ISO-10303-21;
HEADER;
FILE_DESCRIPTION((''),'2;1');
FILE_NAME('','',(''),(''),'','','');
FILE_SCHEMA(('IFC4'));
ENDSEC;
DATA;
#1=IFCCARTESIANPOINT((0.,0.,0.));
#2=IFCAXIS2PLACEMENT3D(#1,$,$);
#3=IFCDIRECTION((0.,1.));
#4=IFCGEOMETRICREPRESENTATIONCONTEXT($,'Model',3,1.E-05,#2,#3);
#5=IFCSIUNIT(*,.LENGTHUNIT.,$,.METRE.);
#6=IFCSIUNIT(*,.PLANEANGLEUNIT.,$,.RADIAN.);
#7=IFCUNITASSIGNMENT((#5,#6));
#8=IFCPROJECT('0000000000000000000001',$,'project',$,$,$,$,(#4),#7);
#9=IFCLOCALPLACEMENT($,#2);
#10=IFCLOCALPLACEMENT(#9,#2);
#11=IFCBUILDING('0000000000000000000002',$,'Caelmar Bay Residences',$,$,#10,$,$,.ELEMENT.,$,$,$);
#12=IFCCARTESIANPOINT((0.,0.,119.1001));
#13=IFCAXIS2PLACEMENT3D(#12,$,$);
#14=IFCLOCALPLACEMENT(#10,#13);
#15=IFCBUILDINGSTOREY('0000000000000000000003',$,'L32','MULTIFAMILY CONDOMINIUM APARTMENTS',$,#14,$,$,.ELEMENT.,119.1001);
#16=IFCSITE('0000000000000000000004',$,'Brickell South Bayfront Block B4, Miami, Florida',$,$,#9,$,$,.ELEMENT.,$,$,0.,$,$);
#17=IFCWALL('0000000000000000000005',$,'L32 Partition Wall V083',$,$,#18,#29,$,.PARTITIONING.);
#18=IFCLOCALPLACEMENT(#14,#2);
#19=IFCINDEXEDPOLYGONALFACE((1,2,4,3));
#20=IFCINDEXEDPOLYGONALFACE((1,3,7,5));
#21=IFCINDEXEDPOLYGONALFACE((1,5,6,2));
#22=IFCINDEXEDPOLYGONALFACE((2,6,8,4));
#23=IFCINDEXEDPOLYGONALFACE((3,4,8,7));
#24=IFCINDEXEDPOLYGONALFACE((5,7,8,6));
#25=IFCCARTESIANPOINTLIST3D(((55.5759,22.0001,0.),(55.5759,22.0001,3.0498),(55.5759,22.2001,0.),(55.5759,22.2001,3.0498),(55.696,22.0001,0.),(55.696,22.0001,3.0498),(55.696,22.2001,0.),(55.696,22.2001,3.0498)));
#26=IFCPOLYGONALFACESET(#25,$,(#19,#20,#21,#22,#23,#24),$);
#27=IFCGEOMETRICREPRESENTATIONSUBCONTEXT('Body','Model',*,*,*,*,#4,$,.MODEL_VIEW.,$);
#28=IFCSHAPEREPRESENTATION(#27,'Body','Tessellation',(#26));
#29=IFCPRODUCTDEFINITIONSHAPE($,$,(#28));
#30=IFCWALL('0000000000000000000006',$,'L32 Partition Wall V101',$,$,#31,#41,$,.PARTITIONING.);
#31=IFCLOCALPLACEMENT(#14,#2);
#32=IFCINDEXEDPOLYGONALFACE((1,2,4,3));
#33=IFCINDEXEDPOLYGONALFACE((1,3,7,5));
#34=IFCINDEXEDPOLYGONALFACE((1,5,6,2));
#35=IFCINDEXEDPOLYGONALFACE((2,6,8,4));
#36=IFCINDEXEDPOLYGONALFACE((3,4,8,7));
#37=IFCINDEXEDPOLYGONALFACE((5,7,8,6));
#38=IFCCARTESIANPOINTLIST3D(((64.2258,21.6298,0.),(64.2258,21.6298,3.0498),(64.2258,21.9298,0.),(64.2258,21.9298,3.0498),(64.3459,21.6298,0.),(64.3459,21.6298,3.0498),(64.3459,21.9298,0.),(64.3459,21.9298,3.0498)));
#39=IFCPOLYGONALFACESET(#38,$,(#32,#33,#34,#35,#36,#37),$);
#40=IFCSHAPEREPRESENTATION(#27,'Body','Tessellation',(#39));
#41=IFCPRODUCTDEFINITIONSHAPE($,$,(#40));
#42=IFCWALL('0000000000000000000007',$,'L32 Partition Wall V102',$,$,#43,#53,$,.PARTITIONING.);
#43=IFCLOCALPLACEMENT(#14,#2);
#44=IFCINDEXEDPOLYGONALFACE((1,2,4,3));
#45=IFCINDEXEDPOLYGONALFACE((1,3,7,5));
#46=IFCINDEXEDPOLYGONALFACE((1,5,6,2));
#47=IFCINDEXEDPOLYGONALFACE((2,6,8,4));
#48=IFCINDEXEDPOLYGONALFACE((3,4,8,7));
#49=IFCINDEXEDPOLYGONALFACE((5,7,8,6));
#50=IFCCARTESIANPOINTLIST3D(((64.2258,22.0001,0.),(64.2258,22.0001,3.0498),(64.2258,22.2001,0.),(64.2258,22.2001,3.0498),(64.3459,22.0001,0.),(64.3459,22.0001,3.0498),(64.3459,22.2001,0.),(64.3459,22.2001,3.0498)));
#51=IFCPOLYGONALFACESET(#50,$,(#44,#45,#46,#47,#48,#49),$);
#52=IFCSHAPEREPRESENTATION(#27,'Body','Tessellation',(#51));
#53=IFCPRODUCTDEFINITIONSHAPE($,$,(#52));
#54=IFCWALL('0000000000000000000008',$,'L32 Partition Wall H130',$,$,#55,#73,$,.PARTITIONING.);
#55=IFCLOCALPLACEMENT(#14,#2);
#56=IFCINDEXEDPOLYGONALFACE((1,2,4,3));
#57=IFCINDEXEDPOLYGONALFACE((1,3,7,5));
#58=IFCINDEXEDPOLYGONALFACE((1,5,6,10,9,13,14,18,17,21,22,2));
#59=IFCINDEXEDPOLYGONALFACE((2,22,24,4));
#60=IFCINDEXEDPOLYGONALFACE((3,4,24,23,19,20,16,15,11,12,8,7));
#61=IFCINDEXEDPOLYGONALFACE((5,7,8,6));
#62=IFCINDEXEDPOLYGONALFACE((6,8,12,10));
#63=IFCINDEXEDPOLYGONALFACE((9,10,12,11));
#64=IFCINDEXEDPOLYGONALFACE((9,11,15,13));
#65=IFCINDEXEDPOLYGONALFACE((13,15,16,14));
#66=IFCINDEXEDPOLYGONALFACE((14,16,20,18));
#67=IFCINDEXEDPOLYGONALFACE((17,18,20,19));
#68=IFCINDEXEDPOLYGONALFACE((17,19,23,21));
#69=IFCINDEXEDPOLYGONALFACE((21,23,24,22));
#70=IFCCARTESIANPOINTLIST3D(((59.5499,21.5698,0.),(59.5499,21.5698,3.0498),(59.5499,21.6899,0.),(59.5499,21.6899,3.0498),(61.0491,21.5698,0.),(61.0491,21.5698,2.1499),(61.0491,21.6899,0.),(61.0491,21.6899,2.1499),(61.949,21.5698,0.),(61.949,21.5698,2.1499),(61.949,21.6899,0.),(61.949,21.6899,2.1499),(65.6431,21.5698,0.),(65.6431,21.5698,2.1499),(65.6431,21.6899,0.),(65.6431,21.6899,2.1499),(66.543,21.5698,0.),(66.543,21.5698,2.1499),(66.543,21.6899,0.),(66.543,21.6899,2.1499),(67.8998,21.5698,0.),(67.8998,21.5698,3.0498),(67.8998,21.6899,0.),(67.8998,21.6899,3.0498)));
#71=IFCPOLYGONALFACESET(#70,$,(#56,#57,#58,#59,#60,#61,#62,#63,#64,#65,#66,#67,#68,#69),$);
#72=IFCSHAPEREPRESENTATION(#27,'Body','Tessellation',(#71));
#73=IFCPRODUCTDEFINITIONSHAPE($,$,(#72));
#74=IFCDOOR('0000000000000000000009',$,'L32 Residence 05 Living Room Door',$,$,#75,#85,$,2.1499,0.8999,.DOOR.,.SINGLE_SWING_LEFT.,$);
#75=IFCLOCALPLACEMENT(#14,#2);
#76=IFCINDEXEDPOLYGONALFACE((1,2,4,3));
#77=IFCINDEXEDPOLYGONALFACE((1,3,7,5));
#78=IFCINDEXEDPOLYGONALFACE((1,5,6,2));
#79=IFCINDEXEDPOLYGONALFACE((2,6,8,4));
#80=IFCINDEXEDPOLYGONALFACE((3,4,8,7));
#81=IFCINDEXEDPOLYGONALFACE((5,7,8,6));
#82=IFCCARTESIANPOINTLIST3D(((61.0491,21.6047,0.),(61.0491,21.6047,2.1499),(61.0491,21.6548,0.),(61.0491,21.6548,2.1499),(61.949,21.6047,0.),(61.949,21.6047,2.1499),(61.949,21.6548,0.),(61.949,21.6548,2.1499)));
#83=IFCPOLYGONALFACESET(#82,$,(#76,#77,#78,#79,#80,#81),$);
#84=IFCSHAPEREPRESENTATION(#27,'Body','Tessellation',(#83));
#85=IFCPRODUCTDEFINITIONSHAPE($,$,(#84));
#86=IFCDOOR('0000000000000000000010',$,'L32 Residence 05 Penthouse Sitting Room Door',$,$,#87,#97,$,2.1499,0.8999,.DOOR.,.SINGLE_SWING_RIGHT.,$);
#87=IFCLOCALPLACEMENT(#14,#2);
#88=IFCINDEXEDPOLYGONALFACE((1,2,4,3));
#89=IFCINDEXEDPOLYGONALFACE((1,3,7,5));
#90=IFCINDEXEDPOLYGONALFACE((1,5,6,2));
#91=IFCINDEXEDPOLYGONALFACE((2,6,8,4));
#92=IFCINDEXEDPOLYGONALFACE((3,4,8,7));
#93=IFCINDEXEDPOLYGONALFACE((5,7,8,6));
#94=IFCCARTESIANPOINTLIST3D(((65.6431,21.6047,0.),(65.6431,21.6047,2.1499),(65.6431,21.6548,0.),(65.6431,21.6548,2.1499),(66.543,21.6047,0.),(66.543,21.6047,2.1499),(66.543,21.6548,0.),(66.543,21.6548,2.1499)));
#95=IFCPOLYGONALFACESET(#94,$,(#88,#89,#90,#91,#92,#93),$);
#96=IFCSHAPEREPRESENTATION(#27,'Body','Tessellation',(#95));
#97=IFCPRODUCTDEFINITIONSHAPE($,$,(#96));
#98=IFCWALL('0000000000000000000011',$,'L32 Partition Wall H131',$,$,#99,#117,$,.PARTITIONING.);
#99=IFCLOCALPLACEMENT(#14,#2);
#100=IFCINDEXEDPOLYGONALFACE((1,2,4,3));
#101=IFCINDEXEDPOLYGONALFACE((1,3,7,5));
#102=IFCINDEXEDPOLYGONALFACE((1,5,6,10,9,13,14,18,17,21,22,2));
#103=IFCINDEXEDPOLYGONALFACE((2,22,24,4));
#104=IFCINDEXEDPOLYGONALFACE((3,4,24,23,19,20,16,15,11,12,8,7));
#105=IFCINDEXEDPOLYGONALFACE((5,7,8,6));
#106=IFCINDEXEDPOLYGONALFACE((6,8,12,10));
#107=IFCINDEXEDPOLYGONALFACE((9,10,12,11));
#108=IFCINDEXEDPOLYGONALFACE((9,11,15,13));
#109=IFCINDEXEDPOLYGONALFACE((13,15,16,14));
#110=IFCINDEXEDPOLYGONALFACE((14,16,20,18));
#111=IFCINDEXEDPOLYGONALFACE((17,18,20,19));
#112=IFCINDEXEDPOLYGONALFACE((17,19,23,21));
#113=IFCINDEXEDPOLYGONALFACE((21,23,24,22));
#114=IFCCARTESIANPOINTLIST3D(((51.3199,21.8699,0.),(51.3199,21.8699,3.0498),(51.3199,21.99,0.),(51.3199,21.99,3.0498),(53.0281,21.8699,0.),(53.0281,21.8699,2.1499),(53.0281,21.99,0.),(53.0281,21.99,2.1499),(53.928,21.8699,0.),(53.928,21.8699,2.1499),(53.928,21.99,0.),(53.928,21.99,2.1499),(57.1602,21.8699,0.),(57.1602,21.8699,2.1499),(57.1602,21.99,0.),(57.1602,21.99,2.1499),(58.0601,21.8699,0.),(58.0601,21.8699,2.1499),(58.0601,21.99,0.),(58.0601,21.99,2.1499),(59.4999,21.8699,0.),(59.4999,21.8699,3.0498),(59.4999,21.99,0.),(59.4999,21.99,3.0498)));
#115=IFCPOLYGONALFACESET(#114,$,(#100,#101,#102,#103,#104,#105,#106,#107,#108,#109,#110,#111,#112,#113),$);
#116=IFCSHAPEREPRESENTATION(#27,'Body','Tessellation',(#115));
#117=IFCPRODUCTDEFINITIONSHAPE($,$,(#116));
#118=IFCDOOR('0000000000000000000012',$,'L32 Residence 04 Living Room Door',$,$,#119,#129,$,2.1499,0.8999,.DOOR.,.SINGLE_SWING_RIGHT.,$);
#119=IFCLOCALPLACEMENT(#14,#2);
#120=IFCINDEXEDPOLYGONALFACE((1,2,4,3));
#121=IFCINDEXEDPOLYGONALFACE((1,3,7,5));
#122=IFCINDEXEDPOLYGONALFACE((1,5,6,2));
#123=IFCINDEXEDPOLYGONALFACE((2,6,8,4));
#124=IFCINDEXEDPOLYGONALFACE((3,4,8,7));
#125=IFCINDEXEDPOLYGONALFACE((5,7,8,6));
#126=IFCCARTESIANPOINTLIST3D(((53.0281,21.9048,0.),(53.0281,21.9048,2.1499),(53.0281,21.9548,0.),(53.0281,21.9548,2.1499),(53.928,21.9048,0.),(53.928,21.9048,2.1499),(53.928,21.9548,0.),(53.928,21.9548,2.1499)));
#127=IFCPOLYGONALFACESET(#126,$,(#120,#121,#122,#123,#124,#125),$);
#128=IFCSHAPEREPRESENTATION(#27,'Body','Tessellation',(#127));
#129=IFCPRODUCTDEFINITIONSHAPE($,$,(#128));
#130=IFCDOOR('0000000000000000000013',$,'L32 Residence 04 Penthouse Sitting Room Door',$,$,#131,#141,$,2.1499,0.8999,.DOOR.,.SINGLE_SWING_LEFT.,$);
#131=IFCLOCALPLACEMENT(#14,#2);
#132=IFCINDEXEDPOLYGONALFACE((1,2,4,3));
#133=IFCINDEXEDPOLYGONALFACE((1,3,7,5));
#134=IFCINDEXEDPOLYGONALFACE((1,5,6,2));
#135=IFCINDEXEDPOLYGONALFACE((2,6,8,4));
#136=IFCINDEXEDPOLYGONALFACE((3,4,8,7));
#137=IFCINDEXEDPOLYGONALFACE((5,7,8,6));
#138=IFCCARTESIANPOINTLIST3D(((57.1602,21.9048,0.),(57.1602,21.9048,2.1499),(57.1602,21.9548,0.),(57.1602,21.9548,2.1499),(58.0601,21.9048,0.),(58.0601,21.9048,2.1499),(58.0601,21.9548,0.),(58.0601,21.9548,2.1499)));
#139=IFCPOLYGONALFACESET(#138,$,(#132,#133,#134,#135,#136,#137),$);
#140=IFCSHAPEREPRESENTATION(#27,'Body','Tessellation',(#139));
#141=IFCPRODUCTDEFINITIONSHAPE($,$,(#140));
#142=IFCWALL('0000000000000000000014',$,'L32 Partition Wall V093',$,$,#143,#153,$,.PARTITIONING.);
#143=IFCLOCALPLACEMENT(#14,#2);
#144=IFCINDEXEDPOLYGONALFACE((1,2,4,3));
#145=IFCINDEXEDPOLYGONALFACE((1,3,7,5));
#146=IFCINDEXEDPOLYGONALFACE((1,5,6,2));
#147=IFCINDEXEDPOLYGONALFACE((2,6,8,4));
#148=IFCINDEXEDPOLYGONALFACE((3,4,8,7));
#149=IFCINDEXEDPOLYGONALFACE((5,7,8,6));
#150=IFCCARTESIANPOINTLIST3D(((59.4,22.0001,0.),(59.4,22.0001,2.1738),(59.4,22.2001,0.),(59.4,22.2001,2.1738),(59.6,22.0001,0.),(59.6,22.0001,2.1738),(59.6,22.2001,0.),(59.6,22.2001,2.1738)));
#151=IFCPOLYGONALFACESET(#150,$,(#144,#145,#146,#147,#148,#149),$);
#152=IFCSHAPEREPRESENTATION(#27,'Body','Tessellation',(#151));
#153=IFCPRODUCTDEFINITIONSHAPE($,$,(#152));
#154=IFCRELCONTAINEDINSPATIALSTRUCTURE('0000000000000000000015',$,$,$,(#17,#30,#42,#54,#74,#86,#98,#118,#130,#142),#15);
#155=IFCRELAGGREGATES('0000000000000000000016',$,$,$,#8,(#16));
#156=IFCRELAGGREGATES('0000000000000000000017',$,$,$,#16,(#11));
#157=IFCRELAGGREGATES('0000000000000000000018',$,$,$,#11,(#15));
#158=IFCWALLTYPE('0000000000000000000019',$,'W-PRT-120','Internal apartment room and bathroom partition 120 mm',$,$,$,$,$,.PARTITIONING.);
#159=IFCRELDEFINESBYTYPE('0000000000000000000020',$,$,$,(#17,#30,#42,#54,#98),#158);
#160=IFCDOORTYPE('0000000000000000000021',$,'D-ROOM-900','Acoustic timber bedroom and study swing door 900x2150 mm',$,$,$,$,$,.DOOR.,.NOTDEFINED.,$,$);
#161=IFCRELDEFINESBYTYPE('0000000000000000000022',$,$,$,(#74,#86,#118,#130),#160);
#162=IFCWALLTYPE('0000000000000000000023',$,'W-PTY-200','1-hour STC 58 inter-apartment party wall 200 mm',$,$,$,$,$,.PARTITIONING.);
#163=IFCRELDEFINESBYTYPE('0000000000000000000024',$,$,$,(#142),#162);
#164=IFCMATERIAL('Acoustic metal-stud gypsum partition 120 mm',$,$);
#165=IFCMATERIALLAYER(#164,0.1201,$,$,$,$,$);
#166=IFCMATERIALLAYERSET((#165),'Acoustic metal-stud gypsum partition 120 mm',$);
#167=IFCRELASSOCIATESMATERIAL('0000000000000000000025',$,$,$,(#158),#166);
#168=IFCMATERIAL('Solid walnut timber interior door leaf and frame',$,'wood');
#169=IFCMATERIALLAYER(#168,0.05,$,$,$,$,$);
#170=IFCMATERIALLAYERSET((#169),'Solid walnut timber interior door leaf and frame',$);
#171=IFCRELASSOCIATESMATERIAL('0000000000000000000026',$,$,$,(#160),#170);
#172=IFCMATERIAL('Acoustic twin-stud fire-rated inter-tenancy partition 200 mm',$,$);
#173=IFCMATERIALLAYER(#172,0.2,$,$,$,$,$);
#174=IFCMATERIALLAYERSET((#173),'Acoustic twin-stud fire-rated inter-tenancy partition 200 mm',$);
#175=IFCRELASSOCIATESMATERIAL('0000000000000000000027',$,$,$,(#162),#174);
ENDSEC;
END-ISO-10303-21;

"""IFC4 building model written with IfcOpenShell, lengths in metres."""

from ifc_helpers import new_model, si_unit, direction, frame, frame_2d, origin, place, context, subcontext, project, spatial, rectangle, extrude, material, layer, layer_set, type_object, element, fill, save


model = new_model("IFC4")

# Units and contexts
model_context = context("Model", 3, precision=1e-05, world=origin(), true_north=direction((0.0, 1.0)))
body_context = subcontext(model_context, "Body", "Model", "MODEL_VIEW")
ifc_project = project(units=[si_unit("LENGTHUNIT", "METRE"), si_unit("PLANEANGLEUNIT", "RADIAN")], contexts=[model_context])

# Site, building, storey
site_placement = place(None, origin())
site = spatial("IfcSite", under=ifc_project, at=site_placement, Name="Brickell South Bayfront Block B4, Miami, Florida", CompositionType="ELEMENT", RefElevation=0.0)
building_placement = place(site_placement, origin())
building = spatial("IfcBuilding", under=site, at=building_placement, Name="Caelmar Bay Residences", CompositionType="ELEMENT")
storey_placement = place(building_placement, frame((0.0, 0.0, 119.1001)))
storey = spatial("IfcBuildingStorey", under=building, at=storey_placement, Name="L32", Description="MULTIFAMILY CONDOMINIUM APARTMENTS", CompositionType="ELEMENT", Elevation=119.1001)

# Walls
ifc_material_1 = material(Name="Acoustic metal-stud gypsum partition 120 mm")
ifc_layer_1 = layer(ifc_material_1, 0.1201)
ifc_layer_set_1 = layer_set([ifc_layer_1], Name="Acoustic metal-stud gypsum partition 120 mm")
wall_type_1 = type_object("IfcWallType", Name="W-PRT-120", Description="Internal apartment room and bathroom partition 120 mm", PredefinedType="PARTITIONING", material=ifc_layer_set_1)
wall_1_placement = place(storey_placement, frame((55.636, 22.0, 0.0), z_axis=(0.0, 0.0, 1.0), x_axis=(0.0, 1.0, 0.0)))
element("IfcWall", 1, at=wall_1_placement, inside=storey, type_object=wall_type_1, Name="L32 Partition Wall V083", PredefinedType="PARTITIONING", context=body_context, shape_type="SweptSolid", body=[
    extrude(rectangle(XDim=0.2, YDim=0.1201, at=frame_2d((0.1001, 0.0))), origin(), (0.0, 0.0, 1.0), 3.0498),
])
wall_2_placement = place(storey_placement, frame((64.2859, 21.6299, 0.0), z_axis=(0.0, 0.0, 1.0), x_axis=(0.0, 1.0, 0.0)))
element("IfcWall", 2, at=wall_2_placement, inside=storey, type_object=wall_type_1, Name="L32 Partition Wall V101", PredefinedType="PARTITIONING", context=body_context, shape_type="SweptSolid", body=[
    extrude(rectangle(XDim=0.3, YDim=0.1201, at=frame_2d((0.1499, 0.0))), origin(), (0.0, 0.0, 1.0), 3.0498),
])
wall_3_placement = place(storey_placement, frame((64.2859, 22.0, 0.0), z_axis=(0.0, 0.0, 1.0), x_axis=(0.0, 1.0, 0.0)))
element("IfcWall", 3, at=wall_3_placement, inside=storey, type_object=wall_type_1, Name="L32 Partition Wall V102", PredefinedType="PARTITIONING", context=body_context, shape_type="SweptSolid", body=[
    extrude(rectangle(XDim=0.2, YDim=0.1201, at=frame_2d((0.1001, 0.0))), origin(), (0.0, 0.0, 1.0), 3.0498),
])

# Walls, openings, doors
wall_4_placement = place(storey_placement, frame((59.55, 21.6299, 0.0), z_axis=(0.0, 0.0, 1.0), x_axis=(1.0, 0.0, 0.0)))
wall_4 = element("IfcWall", 4, at=wall_4_placement, inside=storey, type_object=wall_type_1, Name="L32 Partition Wall H130", PredefinedType="PARTITIONING", context=body_context, shape_type="SweptSolid", body=[
    extrude(rectangle(XDim=8.3499, YDim=0.1201, at=frame_2d((4.1748, 0.0))), origin(), (0.0, 0.0, 1.0), 3.0498),
])
opening_1_placement = place(wall_4_placement, frame((1.499, 0.0, 0.0)))
opening_1 = element("IfcOpeningElement", 5, at=opening_1_placement, cuts=wall_4, PredefinedType="OPENING", context=body_context, shape_type="SweptSolid", body=[
    extrude(rectangle(XDim=0.8999, YDim=2.1499, at=frame_2d((0.45, 1.075))), frame((0.0, 0.0701, 0.0), z_axis=(0.0, -1.0, 0.0), x_axis=(1.0, 0.0, 0.0)), (0.0, 0.0, 1.0), 0.1401),
])
opening_2_placement = place(wall_4_placement, frame((6.093, 0.0, 0.0)))
opening_2 = element("IfcOpeningElement", 6, at=opening_2_placement, cuts=wall_4, PredefinedType="OPENING", context=body_context, shape_type="SweptSolid", body=[
    extrude(rectangle(XDim=0.8999, YDim=2.1499, at=frame_2d((0.45, 1.075))), frame((0.0, 0.0701, 0.0), z_axis=(0.0, -1.0, 0.0), x_axis=(1.0, 0.0, 0.0)), (0.0, 0.0, 1.0), 0.1401),
])
ifc_material_2 = material(Name="Solid walnut timber interior door leaf and frame", Category="wood")
ifc_layer_2 = layer(ifc_material_2, 0.05)
ifc_layer_set_2 = layer_set([ifc_layer_2], Name="Solid walnut timber interior door leaf and frame")
door_type = type_object("IfcDoorType", Name="D-ROOM-900", Description="Acoustic timber bedroom and study swing door 900x2150 mm", OperationType="NOTDEFINED", PredefinedType="DOOR", material=ifc_layer_set_2)
door_1_placement = place(opening_1_placement, origin())
door_1 = element("IfcDoor", 7, at=door_1_placement, inside=storey, type_object=door_type, Name="L32 Residence 05 Living Room Door", OperationType="SINGLE_SWING_LEFT", OverallHeight=2.1499, OverallWidth=0.8999, PredefinedType="DOOR", context=body_context, shape_type="SweptSolid", body=[
    extrude(rectangle(XDim=0.8999, YDim=2.1499, at=frame_2d((0.45, 1.075))), frame((0.0, 0.0249, 0.0), z_axis=(0.0, -1.0, 0.0), x_axis=(1.0, 0.0, 0.0)), (0.0, 0.0, 1.0), 0.05),
])
fill(opening_1, door_1)
door_2_placement = place(opening_2_placement, origin())
door_2 = element("IfcDoor", 8, at=door_2_placement, inside=storey, type_object=door_type, Name="L32 Residence 05 Penthouse Sitting Room Door", OperationType="SINGLE_SWING_RIGHT", OverallHeight=2.1499, OverallWidth=0.8999, PredefinedType="DOOR", context=body_context, shape_type="SweptSolid", body=[
    extrude(rectangle(XDim=0.8999, YDim=2.1499, at=frame_2d((0.45, 1.075))), frame((0.0, 0.0249, 0.0), z_axis=(0.0, -1.0, 0.0), x_axis=(1.0, 0.0, 0.0)), (0.0, 0.0, 1.0), 0.05),
])
fill(opening_2, door_2)
wall_5_placement = place(storey_placement, frame((51.3201, 21.9299, 0.0), z_axis=(0.0, 0.0, 1.0), x_axis=(1.0, 0.0, 0.0)))
wall_5 = element("IfcWall", 9, at=wall_5_placement, inside=storey, type_object=wall_type_1, Name="L32 Partition Wall H131", PredefinedType="PARTITIONING", context=body_context, shape_type="SweptSolid", body=[
    extrude(rectangle(XDim=8.1799, YDim=0.1201, at=frame_2d((4.0898, 0.0))), origin(), (0.0, 0.0, 1.0), 3.0498),
])
opening_3_placement = place(wall_5_placement, frame((1.708, 0.0, 0.0)))
opening_3 = element("IfcOpeningElement", 10, at=opening_3_placement, cuts=wall_5, PredefinedType="OPENING", context=body_context, shape_type="SweptSolid", body=[
    extrude(rectangle(XDim=0.8999, YDim=2.1499, at=frame_2d((0.45, 1.075))), frame((0.0, 0.0701, 0.0), z_axis=(0.0, -1.0, 0.0), x_axis=(1.0, 0.0, 0.0)), (0.0, 0.0, 1.0), 0.1401),
])
opening_4_placement = place(wall_5_placement, frame((5.8401, 0.0, 0.0)))
opening_4 = element("IfcOpeningElement", 11, at=opening_4_placement, cuts=wall_5, PredefinedType="OPENING", context=body_context, shape_type="SweptSolid", body=[
    extrude(rectangle(XDim=0.8999, YDim=2.1499, at=frame_2d((0.45, 1.075))), frame((0.0, 0.0701, 0.0), z_axis=(0.0, -1.0, 0.0), x_axis=(1.0, 0.0, 0.0)), (0.0, 0.0, 1.0), 0.1401),
])
door_3_placement = place(opening_3_placement, origin())
door_3 = element("IfcDoor", 12, at=door_3_placement, inside=storey, type_object=door_type, Name="L32 Residence 04 Living Room Door", OperationType="SINGLE_SWING_RIGHT", OverallHeight=2.1499, OverallWidth=0.8999, PredefinedType="DOOR", context=body_context, shape_type="SweptSolid", body=[
    extrude(rectangle(XDim=0.8999, YDim=2.1499, at=frame_2d((0.45, 1.075))), frame((0.0, 0.0249, 0.0), z_axis=(0.0, -1.0, 0.0), x_axis=(1.0, 0.0, 0.0)), (0.0, 0.0, 1.0), 0.05),
])
fill(opening_3, door_3)
door_4_placement = place(opening_4_placement, origin())
door_4 = element("IfcDoor", 13, at=door_4_placement, inside=storey, type_object=door_type, Name="L32 Residence 04 Penthouse Sitting Room Door", OperationType="SINGLE_SWING_LEFT", OverallHeight=2.1499, OverallWidth=0.8999, PredefinedType="DOOR", context=body_context, shape_type="SweptSolid", body=[
    extrude(rectangle(XDim=0.8999, YDim=2.1499, at=frame_2d((0.45, 1.075))), frame((0.0, 0.0249, 0.0), z_axis=(0.0, -1.0, 0.0), x_axis=(1.0, 0.0, 0.0)), (0.0, 0.0, 1.0), 0.05),
])
fill(opening_4, door_4)

# Wall
ifc_material_3 = material(Name="Acoustic twin-stud fire-rated inter-tenancy partition 200 mm")
ifc_layer_3 = layer(ifc_material_3, 0.2)
ifc_layer_set_3 = layer_set([ifc_layer_3], Name="Acoustic twin-stud fire-rated inter-tenancy partition 200 mm")
wall_type_2 = type_object("IfcWallType", Name="W-PTY-200", Description="1-hour STC 58 inter-apartment party wall 200 mm", PredefinedType="PARTITIONING", material=ifc_layer_set_3)
wall_6_placement = place(storey_placement, frame((59.5, 22.0, 0.0), z_axis=(0.0, 0.0, 1.0), x_axis=(0.0, 1.0, 0.0)))
element("IfcWall", 14, at=wall_6_placement, inside=storey, type_object=wall_type_2, Name="L32 Partition Wall V093", PredefinedType="PARTITIONING", context=body_context, shape_type="SweptSolid", body=[
    extrude(rectangle(XDim=0.2, YDim=0.2, at=frame_2d((0.1001, 0.0))), origin(), (0.0, 0.0, 1.0), 2.1738),
])

save(model, "model.ifc")
